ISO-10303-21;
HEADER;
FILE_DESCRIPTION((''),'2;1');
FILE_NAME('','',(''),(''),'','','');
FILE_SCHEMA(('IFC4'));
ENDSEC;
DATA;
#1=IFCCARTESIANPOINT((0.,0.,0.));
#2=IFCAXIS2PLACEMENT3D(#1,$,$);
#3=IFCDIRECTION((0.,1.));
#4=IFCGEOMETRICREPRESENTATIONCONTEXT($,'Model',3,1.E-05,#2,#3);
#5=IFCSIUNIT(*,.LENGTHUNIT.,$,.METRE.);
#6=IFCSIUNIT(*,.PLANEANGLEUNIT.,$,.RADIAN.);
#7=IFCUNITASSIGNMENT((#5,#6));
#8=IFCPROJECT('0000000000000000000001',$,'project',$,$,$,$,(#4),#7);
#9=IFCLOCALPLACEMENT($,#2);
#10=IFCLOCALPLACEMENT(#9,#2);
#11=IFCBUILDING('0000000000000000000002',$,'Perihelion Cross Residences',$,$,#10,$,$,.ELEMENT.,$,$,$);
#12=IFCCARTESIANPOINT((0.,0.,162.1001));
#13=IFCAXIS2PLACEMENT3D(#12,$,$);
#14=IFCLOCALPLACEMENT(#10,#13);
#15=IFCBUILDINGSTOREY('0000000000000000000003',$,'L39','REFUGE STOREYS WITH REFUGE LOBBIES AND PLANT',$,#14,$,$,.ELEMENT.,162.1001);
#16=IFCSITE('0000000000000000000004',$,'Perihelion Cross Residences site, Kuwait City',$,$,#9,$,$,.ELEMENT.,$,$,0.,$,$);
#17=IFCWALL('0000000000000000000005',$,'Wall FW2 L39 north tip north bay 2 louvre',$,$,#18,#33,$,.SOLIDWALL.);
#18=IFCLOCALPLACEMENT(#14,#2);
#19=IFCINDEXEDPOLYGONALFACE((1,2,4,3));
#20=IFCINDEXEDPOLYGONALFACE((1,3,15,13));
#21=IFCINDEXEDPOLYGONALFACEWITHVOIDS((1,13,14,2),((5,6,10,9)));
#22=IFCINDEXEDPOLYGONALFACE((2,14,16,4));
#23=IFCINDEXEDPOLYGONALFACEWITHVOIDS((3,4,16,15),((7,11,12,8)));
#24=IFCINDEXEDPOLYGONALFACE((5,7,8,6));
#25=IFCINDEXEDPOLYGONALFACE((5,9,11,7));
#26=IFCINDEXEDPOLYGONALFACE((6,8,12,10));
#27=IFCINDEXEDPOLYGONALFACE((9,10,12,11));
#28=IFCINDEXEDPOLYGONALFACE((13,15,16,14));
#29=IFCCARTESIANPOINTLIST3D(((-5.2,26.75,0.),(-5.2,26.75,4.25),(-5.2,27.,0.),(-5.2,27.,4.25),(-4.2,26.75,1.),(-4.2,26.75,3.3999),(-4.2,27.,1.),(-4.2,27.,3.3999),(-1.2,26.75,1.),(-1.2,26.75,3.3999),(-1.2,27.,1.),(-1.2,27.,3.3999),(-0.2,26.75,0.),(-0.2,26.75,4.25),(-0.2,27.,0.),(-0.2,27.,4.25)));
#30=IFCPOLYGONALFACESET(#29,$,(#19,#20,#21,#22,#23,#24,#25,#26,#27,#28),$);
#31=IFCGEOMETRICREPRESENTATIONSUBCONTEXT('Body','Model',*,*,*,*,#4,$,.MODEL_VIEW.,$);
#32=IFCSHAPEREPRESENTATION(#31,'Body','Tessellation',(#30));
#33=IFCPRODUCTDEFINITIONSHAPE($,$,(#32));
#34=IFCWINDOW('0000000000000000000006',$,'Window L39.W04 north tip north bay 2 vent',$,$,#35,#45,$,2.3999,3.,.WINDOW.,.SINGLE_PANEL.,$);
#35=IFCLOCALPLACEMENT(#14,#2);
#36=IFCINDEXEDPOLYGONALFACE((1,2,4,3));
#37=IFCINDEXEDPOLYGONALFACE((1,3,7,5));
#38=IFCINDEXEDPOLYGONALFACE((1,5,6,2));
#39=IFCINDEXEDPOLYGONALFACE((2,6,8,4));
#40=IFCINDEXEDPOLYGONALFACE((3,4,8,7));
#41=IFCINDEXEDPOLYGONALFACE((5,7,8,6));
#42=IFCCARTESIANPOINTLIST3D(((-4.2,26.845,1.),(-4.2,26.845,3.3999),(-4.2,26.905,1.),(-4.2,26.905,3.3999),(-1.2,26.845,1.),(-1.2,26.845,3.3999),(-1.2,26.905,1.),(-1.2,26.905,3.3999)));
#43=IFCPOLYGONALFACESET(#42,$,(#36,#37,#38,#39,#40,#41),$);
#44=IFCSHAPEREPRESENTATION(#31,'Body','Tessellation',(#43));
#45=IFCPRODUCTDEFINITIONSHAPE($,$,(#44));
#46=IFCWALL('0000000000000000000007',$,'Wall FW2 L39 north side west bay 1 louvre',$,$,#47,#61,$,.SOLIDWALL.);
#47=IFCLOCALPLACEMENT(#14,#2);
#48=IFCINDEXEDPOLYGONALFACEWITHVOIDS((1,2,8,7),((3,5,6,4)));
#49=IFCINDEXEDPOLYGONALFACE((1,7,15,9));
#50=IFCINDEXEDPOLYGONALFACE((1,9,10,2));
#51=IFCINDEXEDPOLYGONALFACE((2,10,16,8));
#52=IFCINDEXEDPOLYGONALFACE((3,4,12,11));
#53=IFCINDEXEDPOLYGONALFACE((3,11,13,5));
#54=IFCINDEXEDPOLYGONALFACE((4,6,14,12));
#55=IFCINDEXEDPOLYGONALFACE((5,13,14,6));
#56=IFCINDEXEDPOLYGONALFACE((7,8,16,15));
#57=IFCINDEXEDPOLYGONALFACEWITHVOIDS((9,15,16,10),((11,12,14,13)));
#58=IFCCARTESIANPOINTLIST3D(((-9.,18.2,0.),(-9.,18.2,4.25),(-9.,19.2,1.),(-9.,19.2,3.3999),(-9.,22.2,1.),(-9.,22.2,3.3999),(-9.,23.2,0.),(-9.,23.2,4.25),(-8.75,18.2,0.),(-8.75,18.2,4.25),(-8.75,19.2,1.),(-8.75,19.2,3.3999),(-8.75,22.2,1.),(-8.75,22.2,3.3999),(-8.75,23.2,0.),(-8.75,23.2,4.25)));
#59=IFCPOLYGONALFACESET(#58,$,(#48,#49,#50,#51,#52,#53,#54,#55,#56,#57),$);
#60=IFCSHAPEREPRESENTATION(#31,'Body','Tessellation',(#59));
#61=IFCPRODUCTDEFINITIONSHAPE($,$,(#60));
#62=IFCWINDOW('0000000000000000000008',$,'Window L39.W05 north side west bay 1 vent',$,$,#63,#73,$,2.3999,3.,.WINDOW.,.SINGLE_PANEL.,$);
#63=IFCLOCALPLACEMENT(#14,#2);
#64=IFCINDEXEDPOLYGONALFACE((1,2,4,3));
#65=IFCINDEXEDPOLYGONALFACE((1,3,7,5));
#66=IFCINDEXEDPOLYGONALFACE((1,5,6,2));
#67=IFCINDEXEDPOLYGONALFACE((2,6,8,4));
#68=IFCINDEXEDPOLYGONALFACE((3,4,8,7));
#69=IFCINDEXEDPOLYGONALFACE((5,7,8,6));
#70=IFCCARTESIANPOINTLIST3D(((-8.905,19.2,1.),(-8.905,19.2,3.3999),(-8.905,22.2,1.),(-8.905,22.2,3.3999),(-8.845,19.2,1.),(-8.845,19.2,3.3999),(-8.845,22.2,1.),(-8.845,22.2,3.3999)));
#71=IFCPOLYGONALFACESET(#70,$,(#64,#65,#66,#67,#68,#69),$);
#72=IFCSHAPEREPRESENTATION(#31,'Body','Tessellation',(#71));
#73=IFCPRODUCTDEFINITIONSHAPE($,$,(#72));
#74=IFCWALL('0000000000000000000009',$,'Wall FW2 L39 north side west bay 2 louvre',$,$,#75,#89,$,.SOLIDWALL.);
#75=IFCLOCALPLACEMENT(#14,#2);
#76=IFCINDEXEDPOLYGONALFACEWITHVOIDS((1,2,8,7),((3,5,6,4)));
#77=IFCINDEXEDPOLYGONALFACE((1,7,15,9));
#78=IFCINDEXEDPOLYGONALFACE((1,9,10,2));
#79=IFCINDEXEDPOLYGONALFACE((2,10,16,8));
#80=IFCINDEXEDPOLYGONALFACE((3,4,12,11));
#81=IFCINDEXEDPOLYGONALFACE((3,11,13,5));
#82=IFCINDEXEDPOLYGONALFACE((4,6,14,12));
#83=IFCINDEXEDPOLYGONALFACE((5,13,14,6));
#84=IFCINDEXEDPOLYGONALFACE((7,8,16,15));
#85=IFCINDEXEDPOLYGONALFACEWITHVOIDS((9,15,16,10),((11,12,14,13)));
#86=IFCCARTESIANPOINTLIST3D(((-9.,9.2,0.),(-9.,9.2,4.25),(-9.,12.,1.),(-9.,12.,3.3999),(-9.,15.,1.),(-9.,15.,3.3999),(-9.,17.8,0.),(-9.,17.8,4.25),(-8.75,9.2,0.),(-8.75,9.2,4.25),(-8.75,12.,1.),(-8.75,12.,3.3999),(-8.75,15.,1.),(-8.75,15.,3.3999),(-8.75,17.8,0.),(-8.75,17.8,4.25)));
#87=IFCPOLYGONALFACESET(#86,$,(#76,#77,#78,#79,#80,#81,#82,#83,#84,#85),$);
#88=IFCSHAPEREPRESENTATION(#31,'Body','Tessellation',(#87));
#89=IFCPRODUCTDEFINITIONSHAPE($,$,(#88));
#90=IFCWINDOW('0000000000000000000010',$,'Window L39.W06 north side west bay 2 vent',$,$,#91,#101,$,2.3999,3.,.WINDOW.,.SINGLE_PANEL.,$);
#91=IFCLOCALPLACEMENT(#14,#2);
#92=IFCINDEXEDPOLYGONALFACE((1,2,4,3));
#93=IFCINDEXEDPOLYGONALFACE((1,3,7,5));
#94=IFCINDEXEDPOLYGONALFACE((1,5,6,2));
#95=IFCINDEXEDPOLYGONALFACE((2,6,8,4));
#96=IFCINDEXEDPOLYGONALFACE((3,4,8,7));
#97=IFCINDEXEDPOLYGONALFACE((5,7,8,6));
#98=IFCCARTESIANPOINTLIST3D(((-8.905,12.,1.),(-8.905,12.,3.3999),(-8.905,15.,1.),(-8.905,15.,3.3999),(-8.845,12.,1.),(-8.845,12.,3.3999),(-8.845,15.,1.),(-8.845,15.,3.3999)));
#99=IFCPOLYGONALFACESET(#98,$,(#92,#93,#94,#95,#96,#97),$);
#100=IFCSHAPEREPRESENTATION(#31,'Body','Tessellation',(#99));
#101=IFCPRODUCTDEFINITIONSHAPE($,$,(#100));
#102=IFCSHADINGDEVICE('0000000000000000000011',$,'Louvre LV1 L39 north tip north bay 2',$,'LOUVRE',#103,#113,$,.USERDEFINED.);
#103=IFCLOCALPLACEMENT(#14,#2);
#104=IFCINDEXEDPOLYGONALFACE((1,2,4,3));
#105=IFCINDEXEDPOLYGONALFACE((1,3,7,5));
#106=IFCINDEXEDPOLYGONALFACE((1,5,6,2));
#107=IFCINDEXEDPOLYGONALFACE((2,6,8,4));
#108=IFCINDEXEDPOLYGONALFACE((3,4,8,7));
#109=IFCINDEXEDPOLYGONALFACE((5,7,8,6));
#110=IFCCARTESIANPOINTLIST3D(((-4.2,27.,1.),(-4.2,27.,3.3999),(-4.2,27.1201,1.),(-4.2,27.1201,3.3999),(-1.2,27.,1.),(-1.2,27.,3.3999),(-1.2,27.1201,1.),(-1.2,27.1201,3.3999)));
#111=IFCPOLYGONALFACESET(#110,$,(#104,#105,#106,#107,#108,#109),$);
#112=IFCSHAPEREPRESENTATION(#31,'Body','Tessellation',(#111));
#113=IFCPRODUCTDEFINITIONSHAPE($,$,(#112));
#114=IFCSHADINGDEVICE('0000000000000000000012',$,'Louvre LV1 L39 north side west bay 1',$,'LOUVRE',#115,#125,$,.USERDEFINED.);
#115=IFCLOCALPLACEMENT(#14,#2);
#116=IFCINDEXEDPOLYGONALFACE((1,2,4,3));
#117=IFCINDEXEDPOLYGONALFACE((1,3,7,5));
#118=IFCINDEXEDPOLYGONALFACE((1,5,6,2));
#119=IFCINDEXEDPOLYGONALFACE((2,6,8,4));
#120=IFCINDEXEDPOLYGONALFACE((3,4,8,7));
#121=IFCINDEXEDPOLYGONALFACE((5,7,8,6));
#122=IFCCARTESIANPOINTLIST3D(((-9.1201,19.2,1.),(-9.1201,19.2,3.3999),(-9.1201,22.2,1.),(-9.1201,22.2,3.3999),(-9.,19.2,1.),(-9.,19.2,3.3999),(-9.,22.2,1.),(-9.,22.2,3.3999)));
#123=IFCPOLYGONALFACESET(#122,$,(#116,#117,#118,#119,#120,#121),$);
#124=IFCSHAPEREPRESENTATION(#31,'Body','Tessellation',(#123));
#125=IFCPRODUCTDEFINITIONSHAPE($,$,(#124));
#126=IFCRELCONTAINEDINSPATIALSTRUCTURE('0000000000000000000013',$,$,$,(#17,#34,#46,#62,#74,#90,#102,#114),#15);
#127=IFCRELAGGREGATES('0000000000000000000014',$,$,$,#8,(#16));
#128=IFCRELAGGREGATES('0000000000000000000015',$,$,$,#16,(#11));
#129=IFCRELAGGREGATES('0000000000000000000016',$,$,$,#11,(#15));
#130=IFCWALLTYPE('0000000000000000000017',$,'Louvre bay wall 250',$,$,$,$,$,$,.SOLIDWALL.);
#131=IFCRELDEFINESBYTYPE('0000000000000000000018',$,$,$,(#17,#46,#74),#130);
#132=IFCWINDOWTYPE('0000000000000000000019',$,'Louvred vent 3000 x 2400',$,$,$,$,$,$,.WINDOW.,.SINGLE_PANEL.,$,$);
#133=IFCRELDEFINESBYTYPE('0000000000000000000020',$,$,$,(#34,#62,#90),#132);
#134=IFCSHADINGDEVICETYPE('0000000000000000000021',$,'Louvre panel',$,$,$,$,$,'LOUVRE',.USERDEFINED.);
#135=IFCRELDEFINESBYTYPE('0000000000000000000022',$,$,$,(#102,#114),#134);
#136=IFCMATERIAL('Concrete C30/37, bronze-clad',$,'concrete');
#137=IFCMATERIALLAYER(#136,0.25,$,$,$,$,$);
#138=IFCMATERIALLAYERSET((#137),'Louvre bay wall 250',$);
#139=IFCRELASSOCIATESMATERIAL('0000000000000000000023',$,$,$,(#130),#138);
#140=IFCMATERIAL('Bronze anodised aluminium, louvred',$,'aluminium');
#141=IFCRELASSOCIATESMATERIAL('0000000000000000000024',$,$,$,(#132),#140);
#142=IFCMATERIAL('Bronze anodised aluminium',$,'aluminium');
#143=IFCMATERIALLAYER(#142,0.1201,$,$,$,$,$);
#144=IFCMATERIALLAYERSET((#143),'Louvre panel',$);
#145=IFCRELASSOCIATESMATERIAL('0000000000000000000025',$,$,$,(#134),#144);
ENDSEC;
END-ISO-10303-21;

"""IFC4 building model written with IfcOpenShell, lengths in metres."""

from ifc_helpers import new_model, si_unit, direction, frame, frame_2d, origin, origin_2d, place, context, subcontext, project, spatial, rectangle, extrude, material, layer, layer_set, type_object, element, fill, save


model = new_model("IFC4")

# Units and contexts
model_context = context("Model", 3, precision=1e-05, world=origin(), true_north=direction((0.0, 1.0)))
body_context = subcontext(model_context, "Body", "Model", "MODEL_VIEW")
ifc_project = project(units=[si_unit("LENGTHUNIT", "METRE"), si_unit("PLANEANGLEUNIT", "RADIAN")], contexts=[model_context])

# Site, building, storey
site_placement = place(None, origin())
site = spatial("IfcSite", under=ifc_project, at=site_placement, Name="Perihelion Cross Residences site, Kuwait City", CompositionType="ELEMENT", RefElevation=0.0)
building_placement = place(site_placement, origin())
building = spatial("IfcBuilding", under=site, at=building_placement, Name="Perihelion Cross Residences", CompositionType="ELEMENT")
storey_placement = place(building_placement, frame((0.0, 0.0, 162.1001)))
storey = spatial("IfcBuildingStorey", under=building, at=storey_placement, Name="L39", Description="REFUGE STOREYS WITH REFUGE LOBBIES AND PLANT", CompositionType="ELEMENT", Elevation=162.1001)

# Walls, openings, windows
ifc_material_1 = material(Name="Concrete C30/37, bronze-clad", Category="concrete")
ifc_layer_1 = layer(ifc_material_1, 0.25)
ifc_layer_set_1 = layer_set([ifc_layer_1], Name="Louvre bay wall 250")
wall_type_1 = type_object("IfcWallType", Name="Louvre bay wall 250", PredefinedType="SOLIDWALL", material=ifc_layer_set_1)
wall_1_placement = place(storey_placement, frame((-0.2, 26.875, 0.0), z_axis=(0.0, 0.0, 1.0), x_axis=(-1.0, 0.0, 0.0)))
wall_1 = element("IfcWall", 1, at=wall_1_placement, inside=storey, type_object=wall_type_1, Name="Wall FW2 L39 north tip north bay 2 louvre", PredefinedType="SOLIDWALL", context=body_context, shape_type="SweptSolid", body=[
    extrude(rectangle(XDim=5.0, YDim=0.25, at=frame_2d((2.5, 0.0))), origin(), (0.0, 0.0, 1.0), 4.25),
])
opening_1_placement = place(wall_1_placement, frame((1.0, 0.0, 1.0)))
opening_1 = element("IfcOpeningElement", 2, at=opening_1_placement, cuts=wall_1, PredefinedType="OPENING", context=body_context, shape_type="SweptSolid", body=[
    extrude(rectangle(XDim=3.0, YDim=2.3999, at=frame_2d((1.5, 1.2))), frame((0.0, 0.135, 0.0), z_axis=(0.0, -1.0, 0.0), x_axis=(1.0, 0.0, 0.0)), (0.0, 0.0, 1.0), 0.27),
])
ifc_material_2 = material(Name="Bronze anodised aluminium, louvred", Category="aluminium")
window_type = type_object("IfcWindowType", Name="Louvred vent 3000 x 2400", PartitioningType="SINGLE_PANEL", PredefinedType="WINDOW", material=ifc_material_2)
window_1_placement = place(opening_1_placement, origin())
window_1 = element("IfcWindow", 3, at=window_1_placement, inside=storey, type_object=window_type, Name="Window L39.W04 north tip north bay 2 vent", OverallHeight=2.3999, OverallWidth=3.0, PartitioningType="SINGLE_PANEL", PredefinedType="WINDOW", context=body_context, shape_type="SweptSolid", body=[
    extrude(rectangle(XDim=3.0, YDim=2.3999, at=frame_2d((1.5, 1.2))), frame((0.0, 0.03, 0.0), z_axis=(0.0, -1.0, 0.0), x_axis=(1.0, 0.0, 0.0)), (0.0, 0.0, 1.0), 0.0601),
])
fill(opening_1, window_1)
wall_2_placement = place(storey_placement, frame((-8.875, 23.2, 0.0), z_axis=(0.0, 0.0, 1.0), x_axis=(0.0, -1.0, 0.0)))
wall_2 = element("IfcWall", 4, at=wall_2_placement, inside=storey, type_object=wall_type_1, Name="Wall FW2 L39 north side west bay 1 louvre", PredefinedType="SOLIDWALL", context=body_context, shape_type="SweptSolid", body=[
    extrude(rectangle(XDim=5.0, YDim=0.25, at=frame_2d((2.5, 0.0))), origin(), (0.0, 0.0, 1.0), 4.25),
])
opening_2_placement = place(wall_2_placement, frame((1.0, 0.0, 1.0)))
opening_2 = element("IfcOpeningElement", 5, at=opening_2_placement, cuts=wall_2, PredefinedType="OPENING", context=body_context, shape_type="SweptSolid", body=[
    extrude(rectangle(XDim=3.0, YDim=2.3999, at=frame_2d((1.5, 1.2))), frame((0.0, 0.135, 0.0), z_axis=(0.0, -1.0, 0.0), x_axis=(1.0, 0.0, 0.0)), (0.0, 0.0, 1.0), 0.27),
])
window_2_placement = place(opening_2_placement, origin())
window_2 = element("IfcWindow", 6, at=window_2_placement, inside=storey, type_object=window_type, Name="Window L39.W05 north side west bay 1 vent", OverallHeight=2.3999, OverallWidth=3.0, PartitioningType="SINGLE_PANEL", PredefinedType="WINDOW", context=body_context, shape_type="SweptSolid", body=[
    extrude(rectangle(XDim=3.0, YDim=2.3999, at=frame_2d((1.5, 1.2))), frame((0.0, 0.03, 0.0), z_axis=(0.0, -1.0, 0.0), x_axis=(1.0, 0.0, 0.0)), (0.0, 0.0, 1.0), 0.0601),
])
fill(opening_2, window_2)
wall_3_placement = place(storey_placement, frame((-8.875, 17.8, 0.0), z_axis=(0.0, 0.0, 1.0), x_axis=(0.0, -1.0, 0.0)))
wall_3 = element("IfcWall", 7, at=wall_3_placement, inside=storey, type_object=wall_type_1, Name="Wall FW2 L39 north side west bay 2 louvre", PredefinedType="SOLIDWALL", context=body_context, shape_type="SweptSolid", body=[
    extrude(rectangle(XDim=8.6001, YDim=0.25, at=frame_2d((4.3, 0.0))), origin(), (0.0, 0.0, 1.0), 4.25),
])
opening_3_placement = place(wall_3_placement, frame((2.8, 0.0, 1.0)))
opening_3 = element("IfcOpeningElement", 8, at=opening_3_placement, cuts=wall_3, PredefinedType="OPENING", context=body_context, shape_type="SweptSolid", body=[
    extrude(rectangle(XDim=3.0, YDim=2.3999, at=frame_2d((1.5, 1.2))), frame((0.0, 0.135, 0.0), z_axis=(0.0, -1.0, 0.0), x_axis=(1.0, 0.0, 0.0)), (0.0, 0.0, 1.0), 0.27),
])
window_3_placement = place(opening_3_placement, origin())
window_3 = element("IfcWindow", 9, at=window_3_placement, inside=storey, type_object=window_type, Name="Window L39.W06 north side west bay 2 vent", OverallHeight=2.3999, OverallWidth=3.0, PartitioningType="SINGLE_PANEL", PredefinedType="WINDOW", context=body_context, shape_type="SweptSolid", body=[
    extrude(rectangle(XDim=3.0, YDim=2.3999, at=frame_2d((1.5, 1.2))), frame((0.0, 0.03, 0.0), z_axis=(0.0, -1.0, 0.0), x_axis=(1.0, 0.0, 0.0)), (0.0, 0.0, 1.0), 0.0601),
])
fill(opening_3, window_3)

# Shading devices
ifc_material_3 = material(Name="Bronze anodised aluminium", Category="aluminium")
ifc_layer_2 = layer(ifc_material_3, 0.1201)
ifc_layer_set_2 = layer_set([ifc_layer_2], Name="Louvre panel")
shading_device_type = type_object("IfcShadingDeviceType", Name="Louvre panel", ElementType="LOUVRE", PredefinedType="USERDEFINED", material=ifc_layer_set_2)
for number, where, z_axis, x_axis, name in (
    (10, (-2.7, 27.0601, 1.0), (0.0, 0.0, 1.0), (-1.0, 0.0, 0.0), "Louvre LV1 L39 north tip north bay 2"),
    (11, (-9.0601, 20.7, 1.0), (0.0, 0.0, 1.0), (0.0, -1.0, 0.0), "Louvre LV1 L39 north side west bay 1"),
):
    element("IfcShadingDevice", number, at=place(storey_placement, frame(where, z_axis=z_axis, x_axis=x_axis)), inside=storey, type_object=shading_device_type, Name=name, ObjectType="LOUVRE", PredefinedType="USERDEFINED", context=body_context, shape_type="SweptSolid", body=[
        extrude(rectangle(XDim=3.0, YDim=0.1201, at=origin_2d()), origin(), (0.0, 0.0, 1.0), 2.3999),
    ])

save(model, "model.ifc")
